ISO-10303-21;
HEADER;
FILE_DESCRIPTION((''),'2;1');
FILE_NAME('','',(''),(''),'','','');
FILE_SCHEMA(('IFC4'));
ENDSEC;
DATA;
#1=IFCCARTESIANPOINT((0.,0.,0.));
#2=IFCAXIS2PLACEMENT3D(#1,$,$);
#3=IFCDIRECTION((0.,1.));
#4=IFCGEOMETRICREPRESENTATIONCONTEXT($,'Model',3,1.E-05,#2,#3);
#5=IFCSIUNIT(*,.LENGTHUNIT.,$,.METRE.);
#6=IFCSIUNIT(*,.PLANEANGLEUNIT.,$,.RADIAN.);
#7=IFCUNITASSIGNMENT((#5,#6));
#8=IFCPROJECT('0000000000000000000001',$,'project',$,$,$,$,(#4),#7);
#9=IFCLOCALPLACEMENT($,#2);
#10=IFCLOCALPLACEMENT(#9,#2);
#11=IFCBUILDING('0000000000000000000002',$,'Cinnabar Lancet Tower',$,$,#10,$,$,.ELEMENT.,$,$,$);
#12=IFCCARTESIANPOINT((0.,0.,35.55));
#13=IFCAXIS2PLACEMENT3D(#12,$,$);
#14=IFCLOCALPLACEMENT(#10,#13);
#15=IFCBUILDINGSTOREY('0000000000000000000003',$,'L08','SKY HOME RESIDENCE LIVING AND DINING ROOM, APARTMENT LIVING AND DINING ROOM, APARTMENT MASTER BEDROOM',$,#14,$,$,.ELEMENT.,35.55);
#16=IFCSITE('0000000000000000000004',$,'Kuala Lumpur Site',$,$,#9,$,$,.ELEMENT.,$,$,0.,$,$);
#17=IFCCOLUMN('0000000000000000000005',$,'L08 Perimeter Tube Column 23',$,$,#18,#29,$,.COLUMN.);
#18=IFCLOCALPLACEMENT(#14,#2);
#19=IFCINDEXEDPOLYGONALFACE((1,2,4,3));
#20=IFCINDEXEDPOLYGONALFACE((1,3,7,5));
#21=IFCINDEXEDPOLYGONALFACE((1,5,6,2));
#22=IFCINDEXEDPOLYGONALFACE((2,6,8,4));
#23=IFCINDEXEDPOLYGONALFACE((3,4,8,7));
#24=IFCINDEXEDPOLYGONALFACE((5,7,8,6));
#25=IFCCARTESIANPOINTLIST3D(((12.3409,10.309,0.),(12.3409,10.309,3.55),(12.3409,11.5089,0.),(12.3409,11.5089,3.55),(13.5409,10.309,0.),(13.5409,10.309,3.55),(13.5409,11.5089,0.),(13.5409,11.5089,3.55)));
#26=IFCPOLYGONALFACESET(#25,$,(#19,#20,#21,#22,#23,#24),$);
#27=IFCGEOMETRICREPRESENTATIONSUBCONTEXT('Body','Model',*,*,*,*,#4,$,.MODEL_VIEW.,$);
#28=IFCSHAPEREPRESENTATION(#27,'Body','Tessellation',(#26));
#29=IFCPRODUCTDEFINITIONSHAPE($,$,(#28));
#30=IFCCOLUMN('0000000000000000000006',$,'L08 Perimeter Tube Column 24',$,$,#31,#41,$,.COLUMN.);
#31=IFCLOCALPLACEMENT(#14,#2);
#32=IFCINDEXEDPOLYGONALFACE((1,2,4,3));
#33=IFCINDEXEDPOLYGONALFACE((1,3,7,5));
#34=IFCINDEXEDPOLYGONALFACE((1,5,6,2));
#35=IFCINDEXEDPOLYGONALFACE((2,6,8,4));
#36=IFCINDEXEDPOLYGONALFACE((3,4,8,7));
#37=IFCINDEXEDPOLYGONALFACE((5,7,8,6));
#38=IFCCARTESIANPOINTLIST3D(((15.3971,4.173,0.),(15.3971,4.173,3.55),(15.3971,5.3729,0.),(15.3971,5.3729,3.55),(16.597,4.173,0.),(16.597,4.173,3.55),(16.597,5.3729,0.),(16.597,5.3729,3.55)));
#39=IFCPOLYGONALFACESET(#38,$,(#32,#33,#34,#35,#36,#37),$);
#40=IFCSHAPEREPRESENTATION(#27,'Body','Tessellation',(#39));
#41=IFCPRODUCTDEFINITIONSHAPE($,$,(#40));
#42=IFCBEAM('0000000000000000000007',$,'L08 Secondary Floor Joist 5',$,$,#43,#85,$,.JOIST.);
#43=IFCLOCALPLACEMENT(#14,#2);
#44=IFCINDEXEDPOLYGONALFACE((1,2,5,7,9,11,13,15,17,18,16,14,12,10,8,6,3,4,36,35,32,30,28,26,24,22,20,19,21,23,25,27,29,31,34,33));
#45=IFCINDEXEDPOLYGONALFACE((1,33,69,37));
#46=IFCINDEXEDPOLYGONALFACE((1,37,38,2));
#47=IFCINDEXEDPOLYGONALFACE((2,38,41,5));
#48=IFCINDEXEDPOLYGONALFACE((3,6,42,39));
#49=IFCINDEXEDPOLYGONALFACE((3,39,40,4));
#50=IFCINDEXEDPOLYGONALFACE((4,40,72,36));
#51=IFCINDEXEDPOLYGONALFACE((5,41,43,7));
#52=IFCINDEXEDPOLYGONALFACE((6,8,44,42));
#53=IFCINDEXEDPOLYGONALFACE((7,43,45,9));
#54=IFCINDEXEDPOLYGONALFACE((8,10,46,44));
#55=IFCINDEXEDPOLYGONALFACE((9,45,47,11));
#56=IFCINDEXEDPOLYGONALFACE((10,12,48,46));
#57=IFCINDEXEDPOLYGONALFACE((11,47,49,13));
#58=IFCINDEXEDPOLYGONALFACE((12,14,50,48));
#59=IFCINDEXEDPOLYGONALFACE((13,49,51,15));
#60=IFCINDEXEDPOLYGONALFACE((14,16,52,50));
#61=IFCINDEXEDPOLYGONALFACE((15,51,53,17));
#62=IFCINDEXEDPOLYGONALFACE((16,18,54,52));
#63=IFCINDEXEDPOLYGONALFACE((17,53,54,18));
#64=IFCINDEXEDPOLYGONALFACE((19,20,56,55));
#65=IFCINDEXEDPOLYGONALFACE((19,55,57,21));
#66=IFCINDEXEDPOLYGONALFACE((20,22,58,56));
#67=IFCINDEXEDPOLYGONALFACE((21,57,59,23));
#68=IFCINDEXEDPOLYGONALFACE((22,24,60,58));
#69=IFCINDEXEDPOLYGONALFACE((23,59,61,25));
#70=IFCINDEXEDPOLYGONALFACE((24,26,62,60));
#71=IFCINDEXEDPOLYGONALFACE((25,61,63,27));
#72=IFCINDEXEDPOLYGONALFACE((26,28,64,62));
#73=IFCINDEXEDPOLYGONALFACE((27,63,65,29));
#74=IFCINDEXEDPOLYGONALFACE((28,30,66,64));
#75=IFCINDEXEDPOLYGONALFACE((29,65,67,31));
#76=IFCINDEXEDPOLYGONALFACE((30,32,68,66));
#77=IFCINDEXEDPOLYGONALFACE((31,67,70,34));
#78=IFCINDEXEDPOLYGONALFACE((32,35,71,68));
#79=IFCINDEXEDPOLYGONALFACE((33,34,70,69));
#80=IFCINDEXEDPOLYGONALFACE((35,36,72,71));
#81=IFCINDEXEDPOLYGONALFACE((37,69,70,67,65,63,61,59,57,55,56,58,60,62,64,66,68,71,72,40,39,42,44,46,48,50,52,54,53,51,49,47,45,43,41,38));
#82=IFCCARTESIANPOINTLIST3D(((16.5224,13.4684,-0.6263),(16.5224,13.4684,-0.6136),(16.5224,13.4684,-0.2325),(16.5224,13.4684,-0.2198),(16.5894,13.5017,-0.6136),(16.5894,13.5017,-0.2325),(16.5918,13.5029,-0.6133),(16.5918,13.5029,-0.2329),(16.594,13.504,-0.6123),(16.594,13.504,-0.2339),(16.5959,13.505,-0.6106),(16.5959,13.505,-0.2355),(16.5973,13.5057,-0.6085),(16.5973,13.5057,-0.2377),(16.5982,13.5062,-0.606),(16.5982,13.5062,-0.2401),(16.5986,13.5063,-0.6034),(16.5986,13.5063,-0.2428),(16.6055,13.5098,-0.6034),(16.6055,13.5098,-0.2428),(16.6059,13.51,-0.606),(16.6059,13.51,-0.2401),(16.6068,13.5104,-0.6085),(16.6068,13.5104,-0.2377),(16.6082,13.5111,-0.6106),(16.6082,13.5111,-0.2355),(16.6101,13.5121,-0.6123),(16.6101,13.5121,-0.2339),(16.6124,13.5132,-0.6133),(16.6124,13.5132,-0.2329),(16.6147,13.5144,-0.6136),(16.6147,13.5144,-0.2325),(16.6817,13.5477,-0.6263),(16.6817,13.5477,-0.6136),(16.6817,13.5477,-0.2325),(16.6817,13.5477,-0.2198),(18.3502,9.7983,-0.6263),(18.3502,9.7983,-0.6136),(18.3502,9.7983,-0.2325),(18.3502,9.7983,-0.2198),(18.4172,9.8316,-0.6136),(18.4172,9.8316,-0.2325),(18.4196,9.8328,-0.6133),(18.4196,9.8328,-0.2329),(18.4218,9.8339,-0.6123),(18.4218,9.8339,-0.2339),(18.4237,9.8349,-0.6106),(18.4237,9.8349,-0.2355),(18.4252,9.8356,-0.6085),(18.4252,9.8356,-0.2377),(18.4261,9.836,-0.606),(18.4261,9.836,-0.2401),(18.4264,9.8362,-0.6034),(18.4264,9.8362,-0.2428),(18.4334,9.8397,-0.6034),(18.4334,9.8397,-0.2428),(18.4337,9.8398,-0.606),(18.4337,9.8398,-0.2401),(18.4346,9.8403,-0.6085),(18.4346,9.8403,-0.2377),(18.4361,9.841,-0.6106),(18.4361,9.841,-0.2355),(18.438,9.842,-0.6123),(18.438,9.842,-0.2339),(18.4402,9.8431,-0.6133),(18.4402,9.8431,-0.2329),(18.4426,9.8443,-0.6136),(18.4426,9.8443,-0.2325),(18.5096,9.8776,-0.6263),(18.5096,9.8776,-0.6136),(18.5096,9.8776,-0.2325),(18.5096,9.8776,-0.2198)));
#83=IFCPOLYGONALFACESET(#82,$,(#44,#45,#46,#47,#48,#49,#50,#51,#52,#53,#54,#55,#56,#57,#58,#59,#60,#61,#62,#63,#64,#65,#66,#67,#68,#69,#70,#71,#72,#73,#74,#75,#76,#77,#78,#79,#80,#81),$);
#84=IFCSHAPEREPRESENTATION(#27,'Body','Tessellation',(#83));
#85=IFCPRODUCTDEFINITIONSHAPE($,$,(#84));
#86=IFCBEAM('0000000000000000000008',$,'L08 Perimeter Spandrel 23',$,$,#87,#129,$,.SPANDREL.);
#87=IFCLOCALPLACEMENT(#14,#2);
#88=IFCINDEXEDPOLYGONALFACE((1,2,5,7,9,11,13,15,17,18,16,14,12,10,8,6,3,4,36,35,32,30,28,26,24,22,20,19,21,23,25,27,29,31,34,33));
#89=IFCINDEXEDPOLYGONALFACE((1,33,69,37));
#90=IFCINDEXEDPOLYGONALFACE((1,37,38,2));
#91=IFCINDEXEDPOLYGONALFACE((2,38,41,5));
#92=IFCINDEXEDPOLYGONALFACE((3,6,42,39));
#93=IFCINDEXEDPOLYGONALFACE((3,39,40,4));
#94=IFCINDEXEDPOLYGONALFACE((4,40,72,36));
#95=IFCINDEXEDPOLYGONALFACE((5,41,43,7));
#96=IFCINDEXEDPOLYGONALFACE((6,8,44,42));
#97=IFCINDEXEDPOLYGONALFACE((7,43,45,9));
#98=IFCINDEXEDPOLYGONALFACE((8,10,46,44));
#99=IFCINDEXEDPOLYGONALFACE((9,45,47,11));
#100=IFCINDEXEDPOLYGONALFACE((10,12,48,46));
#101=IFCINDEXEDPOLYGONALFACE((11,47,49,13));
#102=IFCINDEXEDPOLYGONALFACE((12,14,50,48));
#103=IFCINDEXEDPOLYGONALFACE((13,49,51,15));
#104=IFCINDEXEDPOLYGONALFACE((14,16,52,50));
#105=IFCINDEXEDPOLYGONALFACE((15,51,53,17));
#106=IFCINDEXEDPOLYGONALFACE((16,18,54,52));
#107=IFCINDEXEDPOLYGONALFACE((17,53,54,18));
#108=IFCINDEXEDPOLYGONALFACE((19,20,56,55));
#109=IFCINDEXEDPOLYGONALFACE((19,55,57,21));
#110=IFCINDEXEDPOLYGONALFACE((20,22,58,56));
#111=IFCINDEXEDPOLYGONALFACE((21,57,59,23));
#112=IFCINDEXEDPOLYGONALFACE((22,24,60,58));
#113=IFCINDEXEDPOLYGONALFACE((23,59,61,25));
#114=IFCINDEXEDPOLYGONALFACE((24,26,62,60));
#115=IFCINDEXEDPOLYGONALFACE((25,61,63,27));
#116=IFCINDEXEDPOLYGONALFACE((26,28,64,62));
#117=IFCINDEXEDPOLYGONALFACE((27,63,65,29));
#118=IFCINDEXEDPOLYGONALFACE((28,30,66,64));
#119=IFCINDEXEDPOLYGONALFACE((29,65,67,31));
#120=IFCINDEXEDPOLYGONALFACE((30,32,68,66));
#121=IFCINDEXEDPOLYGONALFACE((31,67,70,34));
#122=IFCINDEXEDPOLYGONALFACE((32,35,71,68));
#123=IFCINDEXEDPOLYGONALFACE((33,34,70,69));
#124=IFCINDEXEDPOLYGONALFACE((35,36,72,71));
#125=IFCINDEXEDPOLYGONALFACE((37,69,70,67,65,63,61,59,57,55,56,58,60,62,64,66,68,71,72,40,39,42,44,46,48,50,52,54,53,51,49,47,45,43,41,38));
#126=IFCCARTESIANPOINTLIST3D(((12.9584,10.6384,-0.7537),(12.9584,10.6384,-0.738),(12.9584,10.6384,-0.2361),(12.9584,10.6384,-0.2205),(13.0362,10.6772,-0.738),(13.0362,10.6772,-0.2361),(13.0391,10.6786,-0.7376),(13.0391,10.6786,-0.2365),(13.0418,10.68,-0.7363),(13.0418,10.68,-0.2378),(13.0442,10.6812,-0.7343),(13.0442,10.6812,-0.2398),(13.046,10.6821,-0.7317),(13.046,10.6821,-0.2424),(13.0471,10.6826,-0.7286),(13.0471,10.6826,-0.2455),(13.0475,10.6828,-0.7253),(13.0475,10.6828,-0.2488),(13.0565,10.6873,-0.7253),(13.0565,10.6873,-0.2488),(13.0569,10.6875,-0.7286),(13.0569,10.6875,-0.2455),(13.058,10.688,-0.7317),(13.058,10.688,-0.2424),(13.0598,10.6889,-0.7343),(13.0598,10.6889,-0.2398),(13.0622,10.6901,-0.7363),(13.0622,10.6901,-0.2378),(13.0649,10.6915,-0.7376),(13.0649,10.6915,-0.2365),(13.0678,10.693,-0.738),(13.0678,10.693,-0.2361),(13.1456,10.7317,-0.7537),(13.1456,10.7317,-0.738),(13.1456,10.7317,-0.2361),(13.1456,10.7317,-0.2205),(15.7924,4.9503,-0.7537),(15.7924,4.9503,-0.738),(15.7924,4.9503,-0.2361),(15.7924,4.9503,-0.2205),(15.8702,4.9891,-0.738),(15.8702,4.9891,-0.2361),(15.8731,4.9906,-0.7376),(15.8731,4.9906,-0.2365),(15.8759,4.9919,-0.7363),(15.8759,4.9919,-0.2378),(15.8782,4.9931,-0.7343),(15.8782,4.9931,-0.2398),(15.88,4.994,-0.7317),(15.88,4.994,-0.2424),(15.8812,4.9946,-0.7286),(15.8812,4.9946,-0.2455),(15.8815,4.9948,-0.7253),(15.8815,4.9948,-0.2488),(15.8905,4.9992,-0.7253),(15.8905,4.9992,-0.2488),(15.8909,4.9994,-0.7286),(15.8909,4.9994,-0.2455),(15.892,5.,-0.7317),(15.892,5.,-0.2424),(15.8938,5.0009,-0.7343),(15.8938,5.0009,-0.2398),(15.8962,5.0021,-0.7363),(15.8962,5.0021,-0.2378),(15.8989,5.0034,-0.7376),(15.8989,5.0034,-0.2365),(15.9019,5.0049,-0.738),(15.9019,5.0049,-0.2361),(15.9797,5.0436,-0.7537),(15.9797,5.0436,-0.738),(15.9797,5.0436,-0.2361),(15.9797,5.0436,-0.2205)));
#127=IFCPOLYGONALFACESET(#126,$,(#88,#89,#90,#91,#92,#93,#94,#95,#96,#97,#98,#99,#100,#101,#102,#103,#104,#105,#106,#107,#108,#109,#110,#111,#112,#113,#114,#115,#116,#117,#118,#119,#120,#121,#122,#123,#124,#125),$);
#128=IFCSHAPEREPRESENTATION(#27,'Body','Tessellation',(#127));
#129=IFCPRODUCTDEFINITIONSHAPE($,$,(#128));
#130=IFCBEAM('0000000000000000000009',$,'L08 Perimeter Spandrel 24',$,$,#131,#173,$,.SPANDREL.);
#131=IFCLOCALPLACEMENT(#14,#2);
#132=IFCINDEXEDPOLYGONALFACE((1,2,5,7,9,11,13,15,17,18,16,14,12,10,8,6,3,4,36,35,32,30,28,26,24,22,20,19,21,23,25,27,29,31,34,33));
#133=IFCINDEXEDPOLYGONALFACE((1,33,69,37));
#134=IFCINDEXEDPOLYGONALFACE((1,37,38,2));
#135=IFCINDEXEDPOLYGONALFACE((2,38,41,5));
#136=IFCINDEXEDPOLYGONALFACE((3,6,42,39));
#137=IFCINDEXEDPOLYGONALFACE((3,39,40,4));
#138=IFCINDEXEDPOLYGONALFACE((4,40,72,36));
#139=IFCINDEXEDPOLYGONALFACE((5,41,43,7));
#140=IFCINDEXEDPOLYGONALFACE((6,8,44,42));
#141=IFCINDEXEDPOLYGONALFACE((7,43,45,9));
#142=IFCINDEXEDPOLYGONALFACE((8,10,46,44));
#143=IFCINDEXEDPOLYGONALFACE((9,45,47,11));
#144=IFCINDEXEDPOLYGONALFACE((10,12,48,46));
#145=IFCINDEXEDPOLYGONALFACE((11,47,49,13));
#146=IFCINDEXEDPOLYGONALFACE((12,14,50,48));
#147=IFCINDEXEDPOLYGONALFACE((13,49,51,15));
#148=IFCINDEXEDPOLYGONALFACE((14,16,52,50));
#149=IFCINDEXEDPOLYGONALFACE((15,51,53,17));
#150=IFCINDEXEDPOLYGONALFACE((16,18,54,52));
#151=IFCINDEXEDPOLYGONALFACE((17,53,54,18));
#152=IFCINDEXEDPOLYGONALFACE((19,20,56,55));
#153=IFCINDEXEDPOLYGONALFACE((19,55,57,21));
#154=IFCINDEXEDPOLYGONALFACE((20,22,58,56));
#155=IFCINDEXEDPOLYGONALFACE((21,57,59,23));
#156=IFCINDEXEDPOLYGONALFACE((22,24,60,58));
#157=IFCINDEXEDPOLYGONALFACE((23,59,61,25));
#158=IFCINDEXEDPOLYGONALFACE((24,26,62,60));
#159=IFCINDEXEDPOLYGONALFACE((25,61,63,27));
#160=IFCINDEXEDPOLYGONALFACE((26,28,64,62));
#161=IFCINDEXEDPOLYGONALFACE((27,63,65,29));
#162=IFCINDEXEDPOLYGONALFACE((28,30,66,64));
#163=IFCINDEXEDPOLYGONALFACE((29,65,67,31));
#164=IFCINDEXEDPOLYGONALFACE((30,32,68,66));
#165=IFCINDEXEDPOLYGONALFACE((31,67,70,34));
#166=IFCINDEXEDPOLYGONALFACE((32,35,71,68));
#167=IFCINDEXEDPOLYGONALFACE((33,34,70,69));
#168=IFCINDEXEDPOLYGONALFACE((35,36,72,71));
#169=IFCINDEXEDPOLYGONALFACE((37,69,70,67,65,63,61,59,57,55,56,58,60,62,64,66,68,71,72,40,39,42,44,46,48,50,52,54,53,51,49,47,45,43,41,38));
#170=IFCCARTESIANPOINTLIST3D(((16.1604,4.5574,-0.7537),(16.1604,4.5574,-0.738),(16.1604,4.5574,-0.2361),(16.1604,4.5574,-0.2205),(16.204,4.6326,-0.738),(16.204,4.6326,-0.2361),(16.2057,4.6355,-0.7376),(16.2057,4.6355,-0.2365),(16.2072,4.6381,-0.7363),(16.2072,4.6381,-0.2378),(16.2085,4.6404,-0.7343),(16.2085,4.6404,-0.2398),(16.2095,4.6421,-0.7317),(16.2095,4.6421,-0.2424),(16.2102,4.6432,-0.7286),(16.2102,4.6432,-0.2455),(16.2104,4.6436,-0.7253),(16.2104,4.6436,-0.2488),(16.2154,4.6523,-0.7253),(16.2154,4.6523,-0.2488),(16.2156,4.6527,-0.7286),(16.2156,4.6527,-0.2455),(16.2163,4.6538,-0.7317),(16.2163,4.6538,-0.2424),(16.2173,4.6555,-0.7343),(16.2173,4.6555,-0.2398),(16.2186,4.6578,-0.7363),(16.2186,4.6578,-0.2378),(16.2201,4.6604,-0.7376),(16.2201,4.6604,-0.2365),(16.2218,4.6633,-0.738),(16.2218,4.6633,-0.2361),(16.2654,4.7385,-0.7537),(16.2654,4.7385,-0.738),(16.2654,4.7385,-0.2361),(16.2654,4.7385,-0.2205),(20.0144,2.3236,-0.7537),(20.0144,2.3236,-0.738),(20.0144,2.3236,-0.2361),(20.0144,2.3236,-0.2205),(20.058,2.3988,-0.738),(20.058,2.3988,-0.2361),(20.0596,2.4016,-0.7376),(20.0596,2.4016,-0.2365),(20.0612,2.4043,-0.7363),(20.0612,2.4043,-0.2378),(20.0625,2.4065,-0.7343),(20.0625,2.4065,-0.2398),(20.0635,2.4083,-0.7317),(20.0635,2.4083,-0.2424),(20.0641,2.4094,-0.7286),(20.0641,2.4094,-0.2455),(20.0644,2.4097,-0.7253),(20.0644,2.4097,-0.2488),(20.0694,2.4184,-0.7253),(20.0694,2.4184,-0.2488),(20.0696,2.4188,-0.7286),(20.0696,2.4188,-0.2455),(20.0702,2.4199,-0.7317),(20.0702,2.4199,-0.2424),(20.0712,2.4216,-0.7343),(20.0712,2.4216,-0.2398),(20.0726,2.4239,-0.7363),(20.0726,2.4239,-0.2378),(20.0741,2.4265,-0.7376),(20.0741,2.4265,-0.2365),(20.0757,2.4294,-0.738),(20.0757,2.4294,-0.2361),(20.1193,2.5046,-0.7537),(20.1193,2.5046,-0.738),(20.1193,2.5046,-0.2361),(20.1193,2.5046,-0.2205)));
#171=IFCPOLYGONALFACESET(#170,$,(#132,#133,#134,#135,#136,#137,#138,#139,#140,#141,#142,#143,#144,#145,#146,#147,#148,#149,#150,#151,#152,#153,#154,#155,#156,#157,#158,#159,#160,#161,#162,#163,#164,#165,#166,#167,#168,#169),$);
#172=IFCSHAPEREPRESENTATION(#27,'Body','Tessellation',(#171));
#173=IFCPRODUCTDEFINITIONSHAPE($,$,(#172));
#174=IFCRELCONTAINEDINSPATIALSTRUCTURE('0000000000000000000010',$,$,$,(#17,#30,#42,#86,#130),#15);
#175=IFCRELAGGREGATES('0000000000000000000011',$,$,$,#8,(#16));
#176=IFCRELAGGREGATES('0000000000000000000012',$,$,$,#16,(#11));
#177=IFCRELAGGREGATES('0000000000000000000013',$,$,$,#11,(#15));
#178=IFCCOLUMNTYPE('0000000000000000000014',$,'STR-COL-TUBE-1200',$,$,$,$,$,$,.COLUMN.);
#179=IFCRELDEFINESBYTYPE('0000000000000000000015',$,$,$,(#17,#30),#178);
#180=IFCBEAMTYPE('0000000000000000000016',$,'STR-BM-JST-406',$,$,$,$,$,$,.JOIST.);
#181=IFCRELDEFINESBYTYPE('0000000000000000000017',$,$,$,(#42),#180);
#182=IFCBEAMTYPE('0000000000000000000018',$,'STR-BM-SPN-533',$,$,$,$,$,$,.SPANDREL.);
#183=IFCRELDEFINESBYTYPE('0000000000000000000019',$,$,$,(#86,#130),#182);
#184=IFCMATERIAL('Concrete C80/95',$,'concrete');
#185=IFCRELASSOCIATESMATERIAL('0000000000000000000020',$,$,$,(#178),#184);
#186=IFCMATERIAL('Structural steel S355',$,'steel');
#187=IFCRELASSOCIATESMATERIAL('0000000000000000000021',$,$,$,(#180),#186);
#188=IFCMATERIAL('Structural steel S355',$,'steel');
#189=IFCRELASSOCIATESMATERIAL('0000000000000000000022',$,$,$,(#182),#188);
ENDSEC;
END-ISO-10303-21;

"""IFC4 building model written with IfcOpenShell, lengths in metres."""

from ifc_helpers import new_model, si_unit, direction, frame, origin, origin_2d, place, context, subcontext, project, spatial, rectangle, i_section, extrude, material, material_profile, profile_set, type_object, element, save


model = new_model("IFC4")

# Units and contexts
model_context = context("Model", 3, precision=1e-05, world=origin(), true_north=direction((0.0, 1.0)))
body_context = subcontext(model_context, "Body", "Model", "MODEL_VIEW")
ifc_project = project(units=[si_unit("LENGTHUNIT", "METRE"), si_unit("PLANEANGLEUNIT", "RADIAN")], contexts=[model_context])

# Site, building, storey
site_placement = place(None, origin())
site = spatial("IfcSite", under=ifc_project, at=site_placement, Name="Kuala Lumpur Site", CompositionType="ELEMENT", RefElevation=0.0)
building_placement = place(site_placement, origin())
building = spatial("IfcBuilding", under=site, at=building_placement, Name="Cinnabar Lancet Tower", CompositionType="ELEMENT")
storey_placement = place(building_placement, frame((0.0, 0.0, 35.55)))
storey = spatial("IfcBuildingStorey", under=building, at=storey_placement, Name="L08", Description="SKY HOME RESIDENCE LIVING AND DINING ROOM, APARTMENT LIVING AND DINING ROOM, APARTMENT MASTER BEDROOM", CompositionType="ELEMENT", Elevation=35.55)

# Columns
ifc_material_1 = material(Name="Concrete C80/95", Category="concrete")
ifc_material_profile_1 = material_profile(ifc_material_1, rectangle(XDim=1.2, YDim=1.2, at=origin_2d()), Name="RC-COL 1200x1200")
ifc_profile_set_1 = profile_set([ifc_material_profile_1], Name="Concrete C80/95")
column_type = type_object("IfcColumnType", Name="STR-COL-TUBE-1200", PredefinedType="COLUMN", material=ifc_profile_set_1)
for number, where, z_axis, x_axis, name in (
    (1, (12.9409, 10.9089, 0.0), (0.0, 0.0, 1.0), (1.0, 0.0, 0.0), "L08 Perimeter Tube Column 23"),
    (2, (15.9971, 4.7729, 0.0), (0.0, 0.0, 1.0), (1.0, 0.0, 0.0), "L08 Perimeter Tube Column 24"),
):
    element("IfcColumn", number, at=place(storey_placement, frame(where, z_axis=z_axis, x_axis=x_axis)), inside=storey, type_object=column_type, Name=name, PredefinedType="COLUMN", context=body_context, shape_type="SweptSolid", body=[
        extrude(rectangle(XDim=1.2, YDim=1.2, at=origin_2d()), origin(), (0.0, 0.0, 1.0), 3.55),
    ])

# Beams
ifc_material_2 = material(Name="Structural steel S355", Category="steel")
ifc_material_profile_2 = material_profile(ifc_material_2, i_section(OverallWidth=0.178, OverallDepth=0.4065, WebThickness=0.0078, FlangeThickness=0.0127, FilletRadius=0.0103, at=origin_2d()), Name="UKB 406x178x60")
ifc_profile_set_2 = profile_set([ifc_material_profile_2], Name="Structural steel S355")
beam_type_1 = type_object("IfcBeamType", Name="STR-BM-JST-406", PredefinedType="JOIST", material=ifc_profile_set_2)
beam_1_placement = place(storey_placement, frame((16.6021, 13.5081, -0.4231), z_axis=(0.445808, -0.895129, 0.0), x_axis=(0.895129, 0.445808, 0.0)))
element("IfcBeam", 3, at=beam_1_placement, inside=storey, type_object=beam_type_1, Name="L08 Secondary Floor Joist 5", PredefinedType="JOIST", context=body_context, shape_type="SweptSolid", body=[
    extrude(i_section(OverallWidth=0.178, OverallDepth=0.4065, WebThickness=0.0078, FlangeThickness=0.0127, FilletRadius=0.0103, at=origin_2d()), origin(), (0.0, 0.0, 1.0), 4.1001),
])
ifc_material_3 = material(Name="Structural steel S355", Category="steel")
ifc_material_profile_3 = material_profile(ifc_material_3, i_section(OverallWidth=0.2092, OverallDepth=0.5332, WebThickness=0.01, FlangeThickness=0.0156, FilletRadius=0.0127, at=origin_2d()), Name="UKB 533x210x92")
ifc_profile_set_3 = profile_set([ifc_material_profile_3], Name="Structural steel S355")
beam_type_2 = type_object("IfcBeamType", Name="STR-BM-SPN-533", PredefinedType="SPANDREL", material=ifc_profile_set_3)
beam_2_placement = place(storey_placement, frame((13.052, 10.6851, -0.4871), z_axis=(0.445953, -0.895056, 0.0), x_axis=(0.895056, 0.445953, 0.0)))
element("IfcBeam", 4, at=beam_2_placement, inside=storey, type_object=beam_type_2, Name="L08 Perimeter Spandrel 23", PredefinedType="SPANDREL", context=body_context, shape_type="SweptSolid", body=[
    extrude(i_section(OverallWidth=0.2092, OverallDepth=0.5332, WebThickness=0.01, FlangeThickness=0.0156, FilletRadius=0.0127, at=origin_2d()), origin(), (0.0, 0.0, 1.0), 6.355),
])
beam_3_placement = place(storey_placement, frame((16.2129, 4.6479, -0.4871), z_axis=(0.865171, -0.501477, 0.0), x_axis=(0.501477, 0.865171, 0.0)))
element("IfcBeam", 5, at=beam_3_placement, inside=storey, type_object=beam_type_2, Name="L08 Perimeter Spandrel 24", PredefinedType="SPANDREL", context=body_context, shape_type="SweptSolid", body=[
    extrude(i_section(OverallWidth=0.2092, OverallDepth=0.5332, WebThickness=0.01, FlangeThickness=0.0156, FilletRadius=0.0127, at=origin_2d()), origin(), (0.0, 0.0, 1.0), 4.4546),
])

save(model, "model.ifc")
